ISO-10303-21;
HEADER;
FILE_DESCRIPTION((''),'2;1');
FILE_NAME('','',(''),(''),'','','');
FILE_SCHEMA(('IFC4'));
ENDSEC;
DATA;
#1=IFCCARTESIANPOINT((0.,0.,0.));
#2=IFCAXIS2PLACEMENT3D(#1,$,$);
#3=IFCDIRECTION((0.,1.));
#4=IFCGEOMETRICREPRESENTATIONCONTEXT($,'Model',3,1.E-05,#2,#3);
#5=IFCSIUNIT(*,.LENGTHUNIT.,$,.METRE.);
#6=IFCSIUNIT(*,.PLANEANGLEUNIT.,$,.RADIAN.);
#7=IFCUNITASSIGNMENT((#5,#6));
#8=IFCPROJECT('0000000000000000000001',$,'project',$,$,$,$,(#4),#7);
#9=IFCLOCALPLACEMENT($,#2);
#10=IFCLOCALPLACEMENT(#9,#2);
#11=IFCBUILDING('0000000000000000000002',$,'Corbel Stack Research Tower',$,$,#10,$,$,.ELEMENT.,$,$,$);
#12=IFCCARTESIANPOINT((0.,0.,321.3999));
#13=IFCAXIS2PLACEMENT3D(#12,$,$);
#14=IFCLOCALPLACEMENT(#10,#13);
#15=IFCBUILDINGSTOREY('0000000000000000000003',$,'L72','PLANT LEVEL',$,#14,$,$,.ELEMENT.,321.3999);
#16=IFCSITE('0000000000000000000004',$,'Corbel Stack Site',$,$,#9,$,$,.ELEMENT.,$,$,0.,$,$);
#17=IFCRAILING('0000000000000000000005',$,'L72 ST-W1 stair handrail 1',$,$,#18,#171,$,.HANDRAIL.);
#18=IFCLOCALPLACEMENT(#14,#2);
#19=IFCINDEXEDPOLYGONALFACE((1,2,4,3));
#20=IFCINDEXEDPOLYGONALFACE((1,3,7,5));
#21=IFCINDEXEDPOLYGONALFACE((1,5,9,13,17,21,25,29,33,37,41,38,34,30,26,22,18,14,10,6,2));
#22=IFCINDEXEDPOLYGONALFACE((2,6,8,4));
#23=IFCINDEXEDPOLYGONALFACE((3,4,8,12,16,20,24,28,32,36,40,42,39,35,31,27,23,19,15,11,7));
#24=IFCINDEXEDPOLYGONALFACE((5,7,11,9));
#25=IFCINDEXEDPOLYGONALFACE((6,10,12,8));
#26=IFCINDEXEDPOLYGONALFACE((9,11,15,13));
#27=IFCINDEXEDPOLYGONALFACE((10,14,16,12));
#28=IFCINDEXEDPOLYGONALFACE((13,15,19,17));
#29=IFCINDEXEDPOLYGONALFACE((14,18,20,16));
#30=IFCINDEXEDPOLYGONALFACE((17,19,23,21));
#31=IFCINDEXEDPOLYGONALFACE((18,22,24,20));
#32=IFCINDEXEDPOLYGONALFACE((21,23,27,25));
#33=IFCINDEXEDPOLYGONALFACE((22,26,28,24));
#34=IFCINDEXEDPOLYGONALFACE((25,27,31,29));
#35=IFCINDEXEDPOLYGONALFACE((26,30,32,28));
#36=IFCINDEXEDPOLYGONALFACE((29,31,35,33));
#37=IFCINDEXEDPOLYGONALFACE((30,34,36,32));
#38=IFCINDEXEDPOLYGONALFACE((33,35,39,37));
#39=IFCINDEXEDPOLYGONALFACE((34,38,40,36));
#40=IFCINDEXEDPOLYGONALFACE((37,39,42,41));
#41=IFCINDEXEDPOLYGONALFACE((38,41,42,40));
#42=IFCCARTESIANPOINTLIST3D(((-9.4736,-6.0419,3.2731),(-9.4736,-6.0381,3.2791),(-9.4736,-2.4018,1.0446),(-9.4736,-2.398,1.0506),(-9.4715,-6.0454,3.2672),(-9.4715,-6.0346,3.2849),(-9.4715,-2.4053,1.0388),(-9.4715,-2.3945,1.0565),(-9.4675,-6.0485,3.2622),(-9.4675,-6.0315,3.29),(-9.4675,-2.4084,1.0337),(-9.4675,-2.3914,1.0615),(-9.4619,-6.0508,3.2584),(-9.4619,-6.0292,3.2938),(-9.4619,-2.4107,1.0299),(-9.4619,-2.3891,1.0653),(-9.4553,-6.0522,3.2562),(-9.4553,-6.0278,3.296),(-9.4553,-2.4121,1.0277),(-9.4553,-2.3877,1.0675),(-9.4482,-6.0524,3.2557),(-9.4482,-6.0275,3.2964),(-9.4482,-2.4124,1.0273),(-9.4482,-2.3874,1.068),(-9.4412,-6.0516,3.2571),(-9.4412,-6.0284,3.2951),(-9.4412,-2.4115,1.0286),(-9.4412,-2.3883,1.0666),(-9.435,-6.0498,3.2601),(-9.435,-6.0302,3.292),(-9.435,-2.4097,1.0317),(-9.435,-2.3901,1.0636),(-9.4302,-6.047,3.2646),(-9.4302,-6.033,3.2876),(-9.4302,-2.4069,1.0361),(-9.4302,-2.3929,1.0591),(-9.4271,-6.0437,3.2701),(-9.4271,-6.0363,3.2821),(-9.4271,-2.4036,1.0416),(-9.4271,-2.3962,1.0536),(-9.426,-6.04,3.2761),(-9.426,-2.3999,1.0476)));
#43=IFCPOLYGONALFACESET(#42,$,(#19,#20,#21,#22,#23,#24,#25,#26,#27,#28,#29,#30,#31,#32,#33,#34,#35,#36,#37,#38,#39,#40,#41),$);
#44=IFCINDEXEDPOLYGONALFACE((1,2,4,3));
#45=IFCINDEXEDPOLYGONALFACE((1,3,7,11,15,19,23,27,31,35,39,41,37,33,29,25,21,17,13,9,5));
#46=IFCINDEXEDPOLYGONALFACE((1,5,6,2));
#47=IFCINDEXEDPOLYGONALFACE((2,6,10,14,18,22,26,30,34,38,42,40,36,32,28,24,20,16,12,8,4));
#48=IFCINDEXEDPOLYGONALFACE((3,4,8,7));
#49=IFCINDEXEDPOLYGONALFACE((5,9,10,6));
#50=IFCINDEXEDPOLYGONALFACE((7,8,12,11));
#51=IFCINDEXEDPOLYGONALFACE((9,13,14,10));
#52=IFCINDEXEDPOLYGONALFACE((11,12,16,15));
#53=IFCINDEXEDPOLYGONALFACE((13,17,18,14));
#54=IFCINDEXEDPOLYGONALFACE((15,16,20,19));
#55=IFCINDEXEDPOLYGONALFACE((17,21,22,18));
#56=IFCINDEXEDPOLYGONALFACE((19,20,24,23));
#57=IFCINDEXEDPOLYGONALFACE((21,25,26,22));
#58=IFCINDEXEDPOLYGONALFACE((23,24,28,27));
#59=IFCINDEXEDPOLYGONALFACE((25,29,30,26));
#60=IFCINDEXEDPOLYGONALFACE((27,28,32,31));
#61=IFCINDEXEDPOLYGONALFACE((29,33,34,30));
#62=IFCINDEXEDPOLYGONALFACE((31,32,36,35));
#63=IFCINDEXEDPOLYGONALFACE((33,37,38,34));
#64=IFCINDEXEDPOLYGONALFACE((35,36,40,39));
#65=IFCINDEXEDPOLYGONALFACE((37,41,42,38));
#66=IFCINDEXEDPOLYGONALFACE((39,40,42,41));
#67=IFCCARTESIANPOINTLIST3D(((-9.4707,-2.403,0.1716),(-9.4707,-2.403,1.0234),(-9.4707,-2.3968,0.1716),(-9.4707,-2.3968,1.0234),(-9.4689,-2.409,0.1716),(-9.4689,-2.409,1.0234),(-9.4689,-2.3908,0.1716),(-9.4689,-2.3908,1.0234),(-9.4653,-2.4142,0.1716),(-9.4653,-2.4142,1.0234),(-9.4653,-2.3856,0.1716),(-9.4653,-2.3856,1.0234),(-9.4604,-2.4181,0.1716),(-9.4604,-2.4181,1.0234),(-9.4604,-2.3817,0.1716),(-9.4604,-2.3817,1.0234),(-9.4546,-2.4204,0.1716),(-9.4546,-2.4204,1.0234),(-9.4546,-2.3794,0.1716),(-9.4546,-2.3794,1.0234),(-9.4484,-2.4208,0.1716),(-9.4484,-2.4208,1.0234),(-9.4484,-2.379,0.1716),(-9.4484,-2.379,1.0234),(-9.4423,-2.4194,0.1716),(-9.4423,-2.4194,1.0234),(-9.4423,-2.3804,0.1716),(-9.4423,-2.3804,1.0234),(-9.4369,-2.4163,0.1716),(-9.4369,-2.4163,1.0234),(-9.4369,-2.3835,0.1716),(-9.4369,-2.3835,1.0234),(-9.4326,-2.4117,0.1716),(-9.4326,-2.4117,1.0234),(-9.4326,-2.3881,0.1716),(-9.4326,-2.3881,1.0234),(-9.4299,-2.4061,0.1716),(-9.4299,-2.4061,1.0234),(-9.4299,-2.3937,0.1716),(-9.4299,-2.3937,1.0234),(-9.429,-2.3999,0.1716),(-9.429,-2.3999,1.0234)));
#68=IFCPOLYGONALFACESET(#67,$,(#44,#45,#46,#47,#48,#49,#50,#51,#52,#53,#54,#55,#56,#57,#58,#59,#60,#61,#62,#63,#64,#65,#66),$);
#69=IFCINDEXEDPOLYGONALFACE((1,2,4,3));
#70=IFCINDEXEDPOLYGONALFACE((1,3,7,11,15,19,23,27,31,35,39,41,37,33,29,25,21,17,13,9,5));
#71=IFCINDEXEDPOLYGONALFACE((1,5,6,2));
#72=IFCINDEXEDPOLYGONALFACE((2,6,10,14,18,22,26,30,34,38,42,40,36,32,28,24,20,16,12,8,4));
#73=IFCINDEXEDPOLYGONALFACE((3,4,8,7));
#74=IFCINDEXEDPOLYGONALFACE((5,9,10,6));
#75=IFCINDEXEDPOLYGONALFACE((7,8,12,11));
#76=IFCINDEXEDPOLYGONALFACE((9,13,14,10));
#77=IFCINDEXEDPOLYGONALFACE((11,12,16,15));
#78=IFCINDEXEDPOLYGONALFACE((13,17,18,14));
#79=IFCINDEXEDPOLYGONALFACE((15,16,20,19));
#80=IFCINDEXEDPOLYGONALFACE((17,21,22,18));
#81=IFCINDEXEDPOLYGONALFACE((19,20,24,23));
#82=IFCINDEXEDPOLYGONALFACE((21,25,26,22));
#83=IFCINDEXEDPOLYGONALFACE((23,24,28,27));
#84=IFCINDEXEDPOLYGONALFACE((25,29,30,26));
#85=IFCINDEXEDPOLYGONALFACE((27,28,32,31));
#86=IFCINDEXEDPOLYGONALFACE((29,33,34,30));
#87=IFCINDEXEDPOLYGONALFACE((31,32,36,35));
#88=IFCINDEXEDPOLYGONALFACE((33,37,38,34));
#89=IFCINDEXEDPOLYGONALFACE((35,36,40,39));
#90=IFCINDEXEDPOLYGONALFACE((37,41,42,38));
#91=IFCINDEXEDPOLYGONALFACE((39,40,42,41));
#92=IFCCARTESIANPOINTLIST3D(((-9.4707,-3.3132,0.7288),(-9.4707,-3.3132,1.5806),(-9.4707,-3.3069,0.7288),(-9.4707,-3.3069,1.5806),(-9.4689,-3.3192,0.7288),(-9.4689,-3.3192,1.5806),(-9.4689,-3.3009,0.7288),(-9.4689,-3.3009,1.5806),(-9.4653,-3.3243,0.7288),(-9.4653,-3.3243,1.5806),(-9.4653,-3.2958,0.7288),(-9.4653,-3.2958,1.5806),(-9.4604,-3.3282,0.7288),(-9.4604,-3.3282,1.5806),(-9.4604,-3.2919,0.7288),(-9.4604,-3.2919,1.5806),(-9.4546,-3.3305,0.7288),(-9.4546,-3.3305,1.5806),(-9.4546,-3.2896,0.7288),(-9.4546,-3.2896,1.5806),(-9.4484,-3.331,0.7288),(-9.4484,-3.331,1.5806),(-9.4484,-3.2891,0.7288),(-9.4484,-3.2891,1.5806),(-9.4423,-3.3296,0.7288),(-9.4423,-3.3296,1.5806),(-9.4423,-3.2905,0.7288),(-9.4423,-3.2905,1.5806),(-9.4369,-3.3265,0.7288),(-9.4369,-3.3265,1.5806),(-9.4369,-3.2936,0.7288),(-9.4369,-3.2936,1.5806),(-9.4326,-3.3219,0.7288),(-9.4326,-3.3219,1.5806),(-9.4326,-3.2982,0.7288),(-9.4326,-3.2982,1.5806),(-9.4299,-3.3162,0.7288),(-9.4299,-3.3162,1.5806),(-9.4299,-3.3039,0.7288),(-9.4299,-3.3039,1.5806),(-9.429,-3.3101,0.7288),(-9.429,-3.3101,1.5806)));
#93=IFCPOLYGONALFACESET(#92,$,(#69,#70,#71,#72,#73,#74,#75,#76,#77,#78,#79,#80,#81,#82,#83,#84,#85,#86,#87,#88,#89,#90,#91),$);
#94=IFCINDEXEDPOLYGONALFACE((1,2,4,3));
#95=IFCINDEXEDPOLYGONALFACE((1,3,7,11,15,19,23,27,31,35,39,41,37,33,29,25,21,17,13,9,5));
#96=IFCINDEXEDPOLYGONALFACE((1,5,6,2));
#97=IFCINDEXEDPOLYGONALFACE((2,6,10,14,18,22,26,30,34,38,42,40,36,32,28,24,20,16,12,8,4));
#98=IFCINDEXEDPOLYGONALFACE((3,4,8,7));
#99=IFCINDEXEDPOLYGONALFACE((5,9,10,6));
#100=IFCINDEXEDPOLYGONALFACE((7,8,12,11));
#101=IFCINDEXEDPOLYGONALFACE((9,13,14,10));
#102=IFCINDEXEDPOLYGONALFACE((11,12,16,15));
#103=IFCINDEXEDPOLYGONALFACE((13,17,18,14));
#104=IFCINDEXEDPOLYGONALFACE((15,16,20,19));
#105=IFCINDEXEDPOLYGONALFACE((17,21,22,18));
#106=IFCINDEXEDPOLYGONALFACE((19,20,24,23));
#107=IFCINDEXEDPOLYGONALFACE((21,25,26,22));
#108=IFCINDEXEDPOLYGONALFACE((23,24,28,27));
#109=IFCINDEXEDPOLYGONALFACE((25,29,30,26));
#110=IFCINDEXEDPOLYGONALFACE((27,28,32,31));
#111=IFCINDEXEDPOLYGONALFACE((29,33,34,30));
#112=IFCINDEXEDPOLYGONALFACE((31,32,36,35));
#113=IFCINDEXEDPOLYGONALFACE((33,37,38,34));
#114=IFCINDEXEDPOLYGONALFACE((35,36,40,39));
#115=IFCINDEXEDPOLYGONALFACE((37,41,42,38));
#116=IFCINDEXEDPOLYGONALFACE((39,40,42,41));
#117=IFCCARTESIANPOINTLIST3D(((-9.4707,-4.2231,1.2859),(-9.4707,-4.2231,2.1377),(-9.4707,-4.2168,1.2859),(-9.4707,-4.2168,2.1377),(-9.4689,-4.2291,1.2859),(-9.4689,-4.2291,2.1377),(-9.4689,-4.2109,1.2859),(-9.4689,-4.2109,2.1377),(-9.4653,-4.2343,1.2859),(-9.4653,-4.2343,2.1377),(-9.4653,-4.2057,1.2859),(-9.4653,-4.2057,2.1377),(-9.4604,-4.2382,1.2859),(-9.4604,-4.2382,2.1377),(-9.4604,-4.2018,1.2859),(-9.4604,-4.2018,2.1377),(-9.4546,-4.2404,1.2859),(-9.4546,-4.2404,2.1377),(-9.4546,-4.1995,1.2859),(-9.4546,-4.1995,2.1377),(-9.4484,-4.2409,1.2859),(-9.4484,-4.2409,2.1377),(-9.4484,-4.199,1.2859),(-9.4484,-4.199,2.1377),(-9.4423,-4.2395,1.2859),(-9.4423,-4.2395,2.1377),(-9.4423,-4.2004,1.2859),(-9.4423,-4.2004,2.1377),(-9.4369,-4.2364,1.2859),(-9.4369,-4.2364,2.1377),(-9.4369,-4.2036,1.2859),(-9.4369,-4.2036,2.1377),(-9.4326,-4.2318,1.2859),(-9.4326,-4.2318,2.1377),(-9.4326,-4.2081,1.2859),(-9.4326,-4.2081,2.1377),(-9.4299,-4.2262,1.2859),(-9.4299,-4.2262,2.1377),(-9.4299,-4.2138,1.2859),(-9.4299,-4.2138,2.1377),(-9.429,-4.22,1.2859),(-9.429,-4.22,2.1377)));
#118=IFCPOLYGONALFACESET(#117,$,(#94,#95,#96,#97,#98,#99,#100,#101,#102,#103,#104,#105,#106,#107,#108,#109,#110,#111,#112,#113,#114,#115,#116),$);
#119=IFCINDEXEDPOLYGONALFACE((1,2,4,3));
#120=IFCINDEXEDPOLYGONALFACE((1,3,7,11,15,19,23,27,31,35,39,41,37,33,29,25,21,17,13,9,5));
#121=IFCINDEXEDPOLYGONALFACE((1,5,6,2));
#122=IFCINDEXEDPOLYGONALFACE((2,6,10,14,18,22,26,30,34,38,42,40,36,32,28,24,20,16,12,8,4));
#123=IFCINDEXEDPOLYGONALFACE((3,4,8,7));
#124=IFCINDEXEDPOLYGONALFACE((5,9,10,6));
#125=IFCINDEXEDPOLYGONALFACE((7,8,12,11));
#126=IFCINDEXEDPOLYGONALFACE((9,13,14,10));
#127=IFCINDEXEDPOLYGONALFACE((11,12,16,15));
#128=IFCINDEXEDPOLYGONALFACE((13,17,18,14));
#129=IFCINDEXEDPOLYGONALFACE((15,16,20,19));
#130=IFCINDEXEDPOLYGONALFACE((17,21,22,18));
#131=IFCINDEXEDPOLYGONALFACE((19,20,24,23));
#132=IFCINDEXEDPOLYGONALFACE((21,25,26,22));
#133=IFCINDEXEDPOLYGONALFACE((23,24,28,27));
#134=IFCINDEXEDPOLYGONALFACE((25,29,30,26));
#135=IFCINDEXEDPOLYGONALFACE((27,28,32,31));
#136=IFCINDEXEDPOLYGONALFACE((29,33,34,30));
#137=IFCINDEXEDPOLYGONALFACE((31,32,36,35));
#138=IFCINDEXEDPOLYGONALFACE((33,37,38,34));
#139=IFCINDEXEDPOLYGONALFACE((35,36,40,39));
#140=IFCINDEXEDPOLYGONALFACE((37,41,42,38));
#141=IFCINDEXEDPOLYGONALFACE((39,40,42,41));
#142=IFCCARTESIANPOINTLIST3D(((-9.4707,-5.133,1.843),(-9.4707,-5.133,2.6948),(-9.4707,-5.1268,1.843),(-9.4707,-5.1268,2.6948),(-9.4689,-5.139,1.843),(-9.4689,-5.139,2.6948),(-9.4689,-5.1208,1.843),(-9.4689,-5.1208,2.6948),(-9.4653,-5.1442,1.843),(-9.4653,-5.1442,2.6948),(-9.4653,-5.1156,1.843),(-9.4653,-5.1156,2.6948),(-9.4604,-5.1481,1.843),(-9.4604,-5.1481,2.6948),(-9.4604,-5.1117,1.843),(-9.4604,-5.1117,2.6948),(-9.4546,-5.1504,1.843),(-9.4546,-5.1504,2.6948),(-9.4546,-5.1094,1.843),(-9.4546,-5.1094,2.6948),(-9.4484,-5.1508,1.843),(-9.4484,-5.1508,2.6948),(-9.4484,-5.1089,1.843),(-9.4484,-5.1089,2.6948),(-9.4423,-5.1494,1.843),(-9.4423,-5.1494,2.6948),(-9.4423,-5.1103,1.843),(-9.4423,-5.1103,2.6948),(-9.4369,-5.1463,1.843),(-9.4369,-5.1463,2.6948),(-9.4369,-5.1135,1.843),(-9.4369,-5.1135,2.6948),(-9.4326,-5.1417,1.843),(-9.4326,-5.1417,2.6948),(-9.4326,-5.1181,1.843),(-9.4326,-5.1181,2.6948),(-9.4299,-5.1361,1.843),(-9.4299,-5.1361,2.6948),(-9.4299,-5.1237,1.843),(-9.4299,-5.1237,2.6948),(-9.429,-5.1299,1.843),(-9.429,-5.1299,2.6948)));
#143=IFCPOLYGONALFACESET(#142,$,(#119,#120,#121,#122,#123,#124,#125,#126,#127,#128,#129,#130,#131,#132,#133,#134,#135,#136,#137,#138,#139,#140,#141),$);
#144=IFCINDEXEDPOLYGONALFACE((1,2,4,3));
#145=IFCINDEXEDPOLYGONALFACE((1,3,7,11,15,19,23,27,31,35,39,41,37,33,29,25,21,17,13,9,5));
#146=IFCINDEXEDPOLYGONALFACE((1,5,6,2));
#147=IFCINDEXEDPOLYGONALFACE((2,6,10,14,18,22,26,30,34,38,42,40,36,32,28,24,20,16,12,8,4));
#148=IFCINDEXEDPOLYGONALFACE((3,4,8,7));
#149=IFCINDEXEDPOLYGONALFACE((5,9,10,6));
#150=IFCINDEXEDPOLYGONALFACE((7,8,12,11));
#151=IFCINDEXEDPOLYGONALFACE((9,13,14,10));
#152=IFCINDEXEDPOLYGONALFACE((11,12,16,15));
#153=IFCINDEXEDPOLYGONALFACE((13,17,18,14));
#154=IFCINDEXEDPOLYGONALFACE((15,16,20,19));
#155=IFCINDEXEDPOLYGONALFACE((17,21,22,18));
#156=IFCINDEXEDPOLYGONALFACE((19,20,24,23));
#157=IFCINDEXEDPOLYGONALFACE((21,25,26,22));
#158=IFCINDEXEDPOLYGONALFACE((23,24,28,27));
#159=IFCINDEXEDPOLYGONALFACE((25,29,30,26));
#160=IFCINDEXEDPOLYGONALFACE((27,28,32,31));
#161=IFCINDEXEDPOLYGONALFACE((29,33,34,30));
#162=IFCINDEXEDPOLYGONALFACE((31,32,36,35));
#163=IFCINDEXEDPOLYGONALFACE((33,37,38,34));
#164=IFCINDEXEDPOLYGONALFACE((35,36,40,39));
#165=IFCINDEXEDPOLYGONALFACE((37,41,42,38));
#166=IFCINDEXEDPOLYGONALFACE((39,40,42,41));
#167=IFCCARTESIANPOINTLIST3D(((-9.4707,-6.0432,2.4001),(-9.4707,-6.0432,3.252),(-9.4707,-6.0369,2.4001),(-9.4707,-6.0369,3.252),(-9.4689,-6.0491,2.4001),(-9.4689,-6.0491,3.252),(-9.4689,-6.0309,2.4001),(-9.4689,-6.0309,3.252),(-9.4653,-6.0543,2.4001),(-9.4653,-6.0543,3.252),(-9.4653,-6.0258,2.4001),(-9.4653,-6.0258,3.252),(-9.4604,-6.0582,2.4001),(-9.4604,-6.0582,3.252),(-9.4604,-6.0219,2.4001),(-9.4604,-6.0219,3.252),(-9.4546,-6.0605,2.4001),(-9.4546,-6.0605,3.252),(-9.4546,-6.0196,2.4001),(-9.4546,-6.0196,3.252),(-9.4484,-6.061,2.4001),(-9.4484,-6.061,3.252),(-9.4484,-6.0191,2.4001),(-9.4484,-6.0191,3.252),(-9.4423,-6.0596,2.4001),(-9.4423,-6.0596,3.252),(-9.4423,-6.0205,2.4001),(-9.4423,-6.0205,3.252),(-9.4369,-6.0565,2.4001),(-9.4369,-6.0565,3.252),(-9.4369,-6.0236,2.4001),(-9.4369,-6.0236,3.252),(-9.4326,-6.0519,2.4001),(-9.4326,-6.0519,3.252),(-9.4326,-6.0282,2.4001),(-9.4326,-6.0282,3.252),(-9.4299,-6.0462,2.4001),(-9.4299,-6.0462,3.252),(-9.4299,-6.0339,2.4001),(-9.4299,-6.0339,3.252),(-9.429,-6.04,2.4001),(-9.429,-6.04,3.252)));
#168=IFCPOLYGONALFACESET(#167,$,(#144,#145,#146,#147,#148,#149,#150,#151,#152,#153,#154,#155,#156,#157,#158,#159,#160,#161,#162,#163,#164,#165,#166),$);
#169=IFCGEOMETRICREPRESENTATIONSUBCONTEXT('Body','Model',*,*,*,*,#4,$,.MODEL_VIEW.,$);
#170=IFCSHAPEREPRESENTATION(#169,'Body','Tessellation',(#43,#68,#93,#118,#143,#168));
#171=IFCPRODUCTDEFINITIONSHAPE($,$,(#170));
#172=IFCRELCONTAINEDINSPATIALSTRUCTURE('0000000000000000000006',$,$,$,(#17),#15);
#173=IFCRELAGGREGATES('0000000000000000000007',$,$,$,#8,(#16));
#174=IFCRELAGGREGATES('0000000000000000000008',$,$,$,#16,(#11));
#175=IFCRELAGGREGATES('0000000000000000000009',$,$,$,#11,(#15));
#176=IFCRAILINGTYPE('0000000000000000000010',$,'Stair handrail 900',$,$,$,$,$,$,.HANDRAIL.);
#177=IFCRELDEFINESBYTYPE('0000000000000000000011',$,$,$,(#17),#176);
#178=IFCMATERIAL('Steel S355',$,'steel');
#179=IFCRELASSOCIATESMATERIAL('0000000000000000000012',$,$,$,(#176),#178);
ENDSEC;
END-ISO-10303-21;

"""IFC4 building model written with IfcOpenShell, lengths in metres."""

from ifc_helpers import new_model, si_unit, direction, frame, origin, origin_2d, place, context, subcontext, project, spatial, circle, extrude, material, type_object, element, save


model = new_model("IFC4")

# Units and contexts
model_context = context("Model", 3, precision=1e-05, world=origin(), true_north=direction((0.0, 1.0)))
body_context = subcontext(model_context, "Body", "Model", "MODEL_VIEW")
ifc_project = project(units=[si_unit("LENGTHUNIT", "METRE"), si_unit("PLANEANGLEUNIT", "RADIAN")], contexts=[model_context])

# Site, building, storey
site_placement = place(None, origin())
site = spatial("IfcSite", under=ifc_project, at=site_placement, Name="Corbel Stack Site", CompositionType="ELEMENT", RefElevation=0.0)
building_placement = place(site_placement, origin())
building = spatial("IfcBuilding", under=site, at=building_placement, Name="Corbel Stack Research Tower", CompositionType="ELEMENT")
storey_placement = place(building_placement, frame((0.0, 0.0, 321.3999)))
storey = spatial("IfcBuildingStorey", under=building, at=storey_placement, Name="L72", Description="PLANT LEVEL", CompositionType="ELEMENT", Elevation=321.3999)

# Railing
ifc_material_1 = material(Name="Steel S355", Category="steel")
railing_type_1 = type_object("IfcRailingType", Name="Stair handrail 900", PredefinedType="HANDRAIL", material=ifc_material_1)
railing_1_placement = place(storey_placement, frame((-9.45, -2.3999, 0.1716)))
element("IfcRailing", 1, at=railing_1_placement, inside=storey, type_object=railing_type_1, Name="L72 ST-W1 stair handrail 1", PredefinedType="HANDRAIL", context=body_context, shape_type="SweptSolid", body=[
    extrude(circle(Radius=0.0239, at=origin_2d()), frame((0.0, 0.0, 0.876), z_axis=(0.0, -0.852866, 0.52213), x_axis=(1.0, 0.0, 0.0)), (0.0, 0.0, 1.0), 4.2681),
    extrude(circle(Radius=0.021, at=origin_2d()), origin(), (0.0, 0.0, 1.0), 0.8518),
    extrude(circle(Radius=0.021, at=origin_2d()), frame((0.0, -0.9102, 0.5571)), (0.0, 0.0, 1.0), 0.8518),
    extrude(circle(Radius=0.021, at=origin_2d()), frame((0.0, -1.8201, 1.1143)), (0.0, 0.0, 1.0), 0.8518),
    extrude(circle(Radius=0.021, at=origin_2d()), frame((0.0, -2.73, 1.6714)), (0.0, 0.0, 1.0), 0.8518),
    extrude(circle(Radius=0.021, at=origin_2d()), frame((0.0, -3.6401, 2.2285)), (0.0, 0.0, 1.0), 0.8518),
])

save(model, "model.ifc")
